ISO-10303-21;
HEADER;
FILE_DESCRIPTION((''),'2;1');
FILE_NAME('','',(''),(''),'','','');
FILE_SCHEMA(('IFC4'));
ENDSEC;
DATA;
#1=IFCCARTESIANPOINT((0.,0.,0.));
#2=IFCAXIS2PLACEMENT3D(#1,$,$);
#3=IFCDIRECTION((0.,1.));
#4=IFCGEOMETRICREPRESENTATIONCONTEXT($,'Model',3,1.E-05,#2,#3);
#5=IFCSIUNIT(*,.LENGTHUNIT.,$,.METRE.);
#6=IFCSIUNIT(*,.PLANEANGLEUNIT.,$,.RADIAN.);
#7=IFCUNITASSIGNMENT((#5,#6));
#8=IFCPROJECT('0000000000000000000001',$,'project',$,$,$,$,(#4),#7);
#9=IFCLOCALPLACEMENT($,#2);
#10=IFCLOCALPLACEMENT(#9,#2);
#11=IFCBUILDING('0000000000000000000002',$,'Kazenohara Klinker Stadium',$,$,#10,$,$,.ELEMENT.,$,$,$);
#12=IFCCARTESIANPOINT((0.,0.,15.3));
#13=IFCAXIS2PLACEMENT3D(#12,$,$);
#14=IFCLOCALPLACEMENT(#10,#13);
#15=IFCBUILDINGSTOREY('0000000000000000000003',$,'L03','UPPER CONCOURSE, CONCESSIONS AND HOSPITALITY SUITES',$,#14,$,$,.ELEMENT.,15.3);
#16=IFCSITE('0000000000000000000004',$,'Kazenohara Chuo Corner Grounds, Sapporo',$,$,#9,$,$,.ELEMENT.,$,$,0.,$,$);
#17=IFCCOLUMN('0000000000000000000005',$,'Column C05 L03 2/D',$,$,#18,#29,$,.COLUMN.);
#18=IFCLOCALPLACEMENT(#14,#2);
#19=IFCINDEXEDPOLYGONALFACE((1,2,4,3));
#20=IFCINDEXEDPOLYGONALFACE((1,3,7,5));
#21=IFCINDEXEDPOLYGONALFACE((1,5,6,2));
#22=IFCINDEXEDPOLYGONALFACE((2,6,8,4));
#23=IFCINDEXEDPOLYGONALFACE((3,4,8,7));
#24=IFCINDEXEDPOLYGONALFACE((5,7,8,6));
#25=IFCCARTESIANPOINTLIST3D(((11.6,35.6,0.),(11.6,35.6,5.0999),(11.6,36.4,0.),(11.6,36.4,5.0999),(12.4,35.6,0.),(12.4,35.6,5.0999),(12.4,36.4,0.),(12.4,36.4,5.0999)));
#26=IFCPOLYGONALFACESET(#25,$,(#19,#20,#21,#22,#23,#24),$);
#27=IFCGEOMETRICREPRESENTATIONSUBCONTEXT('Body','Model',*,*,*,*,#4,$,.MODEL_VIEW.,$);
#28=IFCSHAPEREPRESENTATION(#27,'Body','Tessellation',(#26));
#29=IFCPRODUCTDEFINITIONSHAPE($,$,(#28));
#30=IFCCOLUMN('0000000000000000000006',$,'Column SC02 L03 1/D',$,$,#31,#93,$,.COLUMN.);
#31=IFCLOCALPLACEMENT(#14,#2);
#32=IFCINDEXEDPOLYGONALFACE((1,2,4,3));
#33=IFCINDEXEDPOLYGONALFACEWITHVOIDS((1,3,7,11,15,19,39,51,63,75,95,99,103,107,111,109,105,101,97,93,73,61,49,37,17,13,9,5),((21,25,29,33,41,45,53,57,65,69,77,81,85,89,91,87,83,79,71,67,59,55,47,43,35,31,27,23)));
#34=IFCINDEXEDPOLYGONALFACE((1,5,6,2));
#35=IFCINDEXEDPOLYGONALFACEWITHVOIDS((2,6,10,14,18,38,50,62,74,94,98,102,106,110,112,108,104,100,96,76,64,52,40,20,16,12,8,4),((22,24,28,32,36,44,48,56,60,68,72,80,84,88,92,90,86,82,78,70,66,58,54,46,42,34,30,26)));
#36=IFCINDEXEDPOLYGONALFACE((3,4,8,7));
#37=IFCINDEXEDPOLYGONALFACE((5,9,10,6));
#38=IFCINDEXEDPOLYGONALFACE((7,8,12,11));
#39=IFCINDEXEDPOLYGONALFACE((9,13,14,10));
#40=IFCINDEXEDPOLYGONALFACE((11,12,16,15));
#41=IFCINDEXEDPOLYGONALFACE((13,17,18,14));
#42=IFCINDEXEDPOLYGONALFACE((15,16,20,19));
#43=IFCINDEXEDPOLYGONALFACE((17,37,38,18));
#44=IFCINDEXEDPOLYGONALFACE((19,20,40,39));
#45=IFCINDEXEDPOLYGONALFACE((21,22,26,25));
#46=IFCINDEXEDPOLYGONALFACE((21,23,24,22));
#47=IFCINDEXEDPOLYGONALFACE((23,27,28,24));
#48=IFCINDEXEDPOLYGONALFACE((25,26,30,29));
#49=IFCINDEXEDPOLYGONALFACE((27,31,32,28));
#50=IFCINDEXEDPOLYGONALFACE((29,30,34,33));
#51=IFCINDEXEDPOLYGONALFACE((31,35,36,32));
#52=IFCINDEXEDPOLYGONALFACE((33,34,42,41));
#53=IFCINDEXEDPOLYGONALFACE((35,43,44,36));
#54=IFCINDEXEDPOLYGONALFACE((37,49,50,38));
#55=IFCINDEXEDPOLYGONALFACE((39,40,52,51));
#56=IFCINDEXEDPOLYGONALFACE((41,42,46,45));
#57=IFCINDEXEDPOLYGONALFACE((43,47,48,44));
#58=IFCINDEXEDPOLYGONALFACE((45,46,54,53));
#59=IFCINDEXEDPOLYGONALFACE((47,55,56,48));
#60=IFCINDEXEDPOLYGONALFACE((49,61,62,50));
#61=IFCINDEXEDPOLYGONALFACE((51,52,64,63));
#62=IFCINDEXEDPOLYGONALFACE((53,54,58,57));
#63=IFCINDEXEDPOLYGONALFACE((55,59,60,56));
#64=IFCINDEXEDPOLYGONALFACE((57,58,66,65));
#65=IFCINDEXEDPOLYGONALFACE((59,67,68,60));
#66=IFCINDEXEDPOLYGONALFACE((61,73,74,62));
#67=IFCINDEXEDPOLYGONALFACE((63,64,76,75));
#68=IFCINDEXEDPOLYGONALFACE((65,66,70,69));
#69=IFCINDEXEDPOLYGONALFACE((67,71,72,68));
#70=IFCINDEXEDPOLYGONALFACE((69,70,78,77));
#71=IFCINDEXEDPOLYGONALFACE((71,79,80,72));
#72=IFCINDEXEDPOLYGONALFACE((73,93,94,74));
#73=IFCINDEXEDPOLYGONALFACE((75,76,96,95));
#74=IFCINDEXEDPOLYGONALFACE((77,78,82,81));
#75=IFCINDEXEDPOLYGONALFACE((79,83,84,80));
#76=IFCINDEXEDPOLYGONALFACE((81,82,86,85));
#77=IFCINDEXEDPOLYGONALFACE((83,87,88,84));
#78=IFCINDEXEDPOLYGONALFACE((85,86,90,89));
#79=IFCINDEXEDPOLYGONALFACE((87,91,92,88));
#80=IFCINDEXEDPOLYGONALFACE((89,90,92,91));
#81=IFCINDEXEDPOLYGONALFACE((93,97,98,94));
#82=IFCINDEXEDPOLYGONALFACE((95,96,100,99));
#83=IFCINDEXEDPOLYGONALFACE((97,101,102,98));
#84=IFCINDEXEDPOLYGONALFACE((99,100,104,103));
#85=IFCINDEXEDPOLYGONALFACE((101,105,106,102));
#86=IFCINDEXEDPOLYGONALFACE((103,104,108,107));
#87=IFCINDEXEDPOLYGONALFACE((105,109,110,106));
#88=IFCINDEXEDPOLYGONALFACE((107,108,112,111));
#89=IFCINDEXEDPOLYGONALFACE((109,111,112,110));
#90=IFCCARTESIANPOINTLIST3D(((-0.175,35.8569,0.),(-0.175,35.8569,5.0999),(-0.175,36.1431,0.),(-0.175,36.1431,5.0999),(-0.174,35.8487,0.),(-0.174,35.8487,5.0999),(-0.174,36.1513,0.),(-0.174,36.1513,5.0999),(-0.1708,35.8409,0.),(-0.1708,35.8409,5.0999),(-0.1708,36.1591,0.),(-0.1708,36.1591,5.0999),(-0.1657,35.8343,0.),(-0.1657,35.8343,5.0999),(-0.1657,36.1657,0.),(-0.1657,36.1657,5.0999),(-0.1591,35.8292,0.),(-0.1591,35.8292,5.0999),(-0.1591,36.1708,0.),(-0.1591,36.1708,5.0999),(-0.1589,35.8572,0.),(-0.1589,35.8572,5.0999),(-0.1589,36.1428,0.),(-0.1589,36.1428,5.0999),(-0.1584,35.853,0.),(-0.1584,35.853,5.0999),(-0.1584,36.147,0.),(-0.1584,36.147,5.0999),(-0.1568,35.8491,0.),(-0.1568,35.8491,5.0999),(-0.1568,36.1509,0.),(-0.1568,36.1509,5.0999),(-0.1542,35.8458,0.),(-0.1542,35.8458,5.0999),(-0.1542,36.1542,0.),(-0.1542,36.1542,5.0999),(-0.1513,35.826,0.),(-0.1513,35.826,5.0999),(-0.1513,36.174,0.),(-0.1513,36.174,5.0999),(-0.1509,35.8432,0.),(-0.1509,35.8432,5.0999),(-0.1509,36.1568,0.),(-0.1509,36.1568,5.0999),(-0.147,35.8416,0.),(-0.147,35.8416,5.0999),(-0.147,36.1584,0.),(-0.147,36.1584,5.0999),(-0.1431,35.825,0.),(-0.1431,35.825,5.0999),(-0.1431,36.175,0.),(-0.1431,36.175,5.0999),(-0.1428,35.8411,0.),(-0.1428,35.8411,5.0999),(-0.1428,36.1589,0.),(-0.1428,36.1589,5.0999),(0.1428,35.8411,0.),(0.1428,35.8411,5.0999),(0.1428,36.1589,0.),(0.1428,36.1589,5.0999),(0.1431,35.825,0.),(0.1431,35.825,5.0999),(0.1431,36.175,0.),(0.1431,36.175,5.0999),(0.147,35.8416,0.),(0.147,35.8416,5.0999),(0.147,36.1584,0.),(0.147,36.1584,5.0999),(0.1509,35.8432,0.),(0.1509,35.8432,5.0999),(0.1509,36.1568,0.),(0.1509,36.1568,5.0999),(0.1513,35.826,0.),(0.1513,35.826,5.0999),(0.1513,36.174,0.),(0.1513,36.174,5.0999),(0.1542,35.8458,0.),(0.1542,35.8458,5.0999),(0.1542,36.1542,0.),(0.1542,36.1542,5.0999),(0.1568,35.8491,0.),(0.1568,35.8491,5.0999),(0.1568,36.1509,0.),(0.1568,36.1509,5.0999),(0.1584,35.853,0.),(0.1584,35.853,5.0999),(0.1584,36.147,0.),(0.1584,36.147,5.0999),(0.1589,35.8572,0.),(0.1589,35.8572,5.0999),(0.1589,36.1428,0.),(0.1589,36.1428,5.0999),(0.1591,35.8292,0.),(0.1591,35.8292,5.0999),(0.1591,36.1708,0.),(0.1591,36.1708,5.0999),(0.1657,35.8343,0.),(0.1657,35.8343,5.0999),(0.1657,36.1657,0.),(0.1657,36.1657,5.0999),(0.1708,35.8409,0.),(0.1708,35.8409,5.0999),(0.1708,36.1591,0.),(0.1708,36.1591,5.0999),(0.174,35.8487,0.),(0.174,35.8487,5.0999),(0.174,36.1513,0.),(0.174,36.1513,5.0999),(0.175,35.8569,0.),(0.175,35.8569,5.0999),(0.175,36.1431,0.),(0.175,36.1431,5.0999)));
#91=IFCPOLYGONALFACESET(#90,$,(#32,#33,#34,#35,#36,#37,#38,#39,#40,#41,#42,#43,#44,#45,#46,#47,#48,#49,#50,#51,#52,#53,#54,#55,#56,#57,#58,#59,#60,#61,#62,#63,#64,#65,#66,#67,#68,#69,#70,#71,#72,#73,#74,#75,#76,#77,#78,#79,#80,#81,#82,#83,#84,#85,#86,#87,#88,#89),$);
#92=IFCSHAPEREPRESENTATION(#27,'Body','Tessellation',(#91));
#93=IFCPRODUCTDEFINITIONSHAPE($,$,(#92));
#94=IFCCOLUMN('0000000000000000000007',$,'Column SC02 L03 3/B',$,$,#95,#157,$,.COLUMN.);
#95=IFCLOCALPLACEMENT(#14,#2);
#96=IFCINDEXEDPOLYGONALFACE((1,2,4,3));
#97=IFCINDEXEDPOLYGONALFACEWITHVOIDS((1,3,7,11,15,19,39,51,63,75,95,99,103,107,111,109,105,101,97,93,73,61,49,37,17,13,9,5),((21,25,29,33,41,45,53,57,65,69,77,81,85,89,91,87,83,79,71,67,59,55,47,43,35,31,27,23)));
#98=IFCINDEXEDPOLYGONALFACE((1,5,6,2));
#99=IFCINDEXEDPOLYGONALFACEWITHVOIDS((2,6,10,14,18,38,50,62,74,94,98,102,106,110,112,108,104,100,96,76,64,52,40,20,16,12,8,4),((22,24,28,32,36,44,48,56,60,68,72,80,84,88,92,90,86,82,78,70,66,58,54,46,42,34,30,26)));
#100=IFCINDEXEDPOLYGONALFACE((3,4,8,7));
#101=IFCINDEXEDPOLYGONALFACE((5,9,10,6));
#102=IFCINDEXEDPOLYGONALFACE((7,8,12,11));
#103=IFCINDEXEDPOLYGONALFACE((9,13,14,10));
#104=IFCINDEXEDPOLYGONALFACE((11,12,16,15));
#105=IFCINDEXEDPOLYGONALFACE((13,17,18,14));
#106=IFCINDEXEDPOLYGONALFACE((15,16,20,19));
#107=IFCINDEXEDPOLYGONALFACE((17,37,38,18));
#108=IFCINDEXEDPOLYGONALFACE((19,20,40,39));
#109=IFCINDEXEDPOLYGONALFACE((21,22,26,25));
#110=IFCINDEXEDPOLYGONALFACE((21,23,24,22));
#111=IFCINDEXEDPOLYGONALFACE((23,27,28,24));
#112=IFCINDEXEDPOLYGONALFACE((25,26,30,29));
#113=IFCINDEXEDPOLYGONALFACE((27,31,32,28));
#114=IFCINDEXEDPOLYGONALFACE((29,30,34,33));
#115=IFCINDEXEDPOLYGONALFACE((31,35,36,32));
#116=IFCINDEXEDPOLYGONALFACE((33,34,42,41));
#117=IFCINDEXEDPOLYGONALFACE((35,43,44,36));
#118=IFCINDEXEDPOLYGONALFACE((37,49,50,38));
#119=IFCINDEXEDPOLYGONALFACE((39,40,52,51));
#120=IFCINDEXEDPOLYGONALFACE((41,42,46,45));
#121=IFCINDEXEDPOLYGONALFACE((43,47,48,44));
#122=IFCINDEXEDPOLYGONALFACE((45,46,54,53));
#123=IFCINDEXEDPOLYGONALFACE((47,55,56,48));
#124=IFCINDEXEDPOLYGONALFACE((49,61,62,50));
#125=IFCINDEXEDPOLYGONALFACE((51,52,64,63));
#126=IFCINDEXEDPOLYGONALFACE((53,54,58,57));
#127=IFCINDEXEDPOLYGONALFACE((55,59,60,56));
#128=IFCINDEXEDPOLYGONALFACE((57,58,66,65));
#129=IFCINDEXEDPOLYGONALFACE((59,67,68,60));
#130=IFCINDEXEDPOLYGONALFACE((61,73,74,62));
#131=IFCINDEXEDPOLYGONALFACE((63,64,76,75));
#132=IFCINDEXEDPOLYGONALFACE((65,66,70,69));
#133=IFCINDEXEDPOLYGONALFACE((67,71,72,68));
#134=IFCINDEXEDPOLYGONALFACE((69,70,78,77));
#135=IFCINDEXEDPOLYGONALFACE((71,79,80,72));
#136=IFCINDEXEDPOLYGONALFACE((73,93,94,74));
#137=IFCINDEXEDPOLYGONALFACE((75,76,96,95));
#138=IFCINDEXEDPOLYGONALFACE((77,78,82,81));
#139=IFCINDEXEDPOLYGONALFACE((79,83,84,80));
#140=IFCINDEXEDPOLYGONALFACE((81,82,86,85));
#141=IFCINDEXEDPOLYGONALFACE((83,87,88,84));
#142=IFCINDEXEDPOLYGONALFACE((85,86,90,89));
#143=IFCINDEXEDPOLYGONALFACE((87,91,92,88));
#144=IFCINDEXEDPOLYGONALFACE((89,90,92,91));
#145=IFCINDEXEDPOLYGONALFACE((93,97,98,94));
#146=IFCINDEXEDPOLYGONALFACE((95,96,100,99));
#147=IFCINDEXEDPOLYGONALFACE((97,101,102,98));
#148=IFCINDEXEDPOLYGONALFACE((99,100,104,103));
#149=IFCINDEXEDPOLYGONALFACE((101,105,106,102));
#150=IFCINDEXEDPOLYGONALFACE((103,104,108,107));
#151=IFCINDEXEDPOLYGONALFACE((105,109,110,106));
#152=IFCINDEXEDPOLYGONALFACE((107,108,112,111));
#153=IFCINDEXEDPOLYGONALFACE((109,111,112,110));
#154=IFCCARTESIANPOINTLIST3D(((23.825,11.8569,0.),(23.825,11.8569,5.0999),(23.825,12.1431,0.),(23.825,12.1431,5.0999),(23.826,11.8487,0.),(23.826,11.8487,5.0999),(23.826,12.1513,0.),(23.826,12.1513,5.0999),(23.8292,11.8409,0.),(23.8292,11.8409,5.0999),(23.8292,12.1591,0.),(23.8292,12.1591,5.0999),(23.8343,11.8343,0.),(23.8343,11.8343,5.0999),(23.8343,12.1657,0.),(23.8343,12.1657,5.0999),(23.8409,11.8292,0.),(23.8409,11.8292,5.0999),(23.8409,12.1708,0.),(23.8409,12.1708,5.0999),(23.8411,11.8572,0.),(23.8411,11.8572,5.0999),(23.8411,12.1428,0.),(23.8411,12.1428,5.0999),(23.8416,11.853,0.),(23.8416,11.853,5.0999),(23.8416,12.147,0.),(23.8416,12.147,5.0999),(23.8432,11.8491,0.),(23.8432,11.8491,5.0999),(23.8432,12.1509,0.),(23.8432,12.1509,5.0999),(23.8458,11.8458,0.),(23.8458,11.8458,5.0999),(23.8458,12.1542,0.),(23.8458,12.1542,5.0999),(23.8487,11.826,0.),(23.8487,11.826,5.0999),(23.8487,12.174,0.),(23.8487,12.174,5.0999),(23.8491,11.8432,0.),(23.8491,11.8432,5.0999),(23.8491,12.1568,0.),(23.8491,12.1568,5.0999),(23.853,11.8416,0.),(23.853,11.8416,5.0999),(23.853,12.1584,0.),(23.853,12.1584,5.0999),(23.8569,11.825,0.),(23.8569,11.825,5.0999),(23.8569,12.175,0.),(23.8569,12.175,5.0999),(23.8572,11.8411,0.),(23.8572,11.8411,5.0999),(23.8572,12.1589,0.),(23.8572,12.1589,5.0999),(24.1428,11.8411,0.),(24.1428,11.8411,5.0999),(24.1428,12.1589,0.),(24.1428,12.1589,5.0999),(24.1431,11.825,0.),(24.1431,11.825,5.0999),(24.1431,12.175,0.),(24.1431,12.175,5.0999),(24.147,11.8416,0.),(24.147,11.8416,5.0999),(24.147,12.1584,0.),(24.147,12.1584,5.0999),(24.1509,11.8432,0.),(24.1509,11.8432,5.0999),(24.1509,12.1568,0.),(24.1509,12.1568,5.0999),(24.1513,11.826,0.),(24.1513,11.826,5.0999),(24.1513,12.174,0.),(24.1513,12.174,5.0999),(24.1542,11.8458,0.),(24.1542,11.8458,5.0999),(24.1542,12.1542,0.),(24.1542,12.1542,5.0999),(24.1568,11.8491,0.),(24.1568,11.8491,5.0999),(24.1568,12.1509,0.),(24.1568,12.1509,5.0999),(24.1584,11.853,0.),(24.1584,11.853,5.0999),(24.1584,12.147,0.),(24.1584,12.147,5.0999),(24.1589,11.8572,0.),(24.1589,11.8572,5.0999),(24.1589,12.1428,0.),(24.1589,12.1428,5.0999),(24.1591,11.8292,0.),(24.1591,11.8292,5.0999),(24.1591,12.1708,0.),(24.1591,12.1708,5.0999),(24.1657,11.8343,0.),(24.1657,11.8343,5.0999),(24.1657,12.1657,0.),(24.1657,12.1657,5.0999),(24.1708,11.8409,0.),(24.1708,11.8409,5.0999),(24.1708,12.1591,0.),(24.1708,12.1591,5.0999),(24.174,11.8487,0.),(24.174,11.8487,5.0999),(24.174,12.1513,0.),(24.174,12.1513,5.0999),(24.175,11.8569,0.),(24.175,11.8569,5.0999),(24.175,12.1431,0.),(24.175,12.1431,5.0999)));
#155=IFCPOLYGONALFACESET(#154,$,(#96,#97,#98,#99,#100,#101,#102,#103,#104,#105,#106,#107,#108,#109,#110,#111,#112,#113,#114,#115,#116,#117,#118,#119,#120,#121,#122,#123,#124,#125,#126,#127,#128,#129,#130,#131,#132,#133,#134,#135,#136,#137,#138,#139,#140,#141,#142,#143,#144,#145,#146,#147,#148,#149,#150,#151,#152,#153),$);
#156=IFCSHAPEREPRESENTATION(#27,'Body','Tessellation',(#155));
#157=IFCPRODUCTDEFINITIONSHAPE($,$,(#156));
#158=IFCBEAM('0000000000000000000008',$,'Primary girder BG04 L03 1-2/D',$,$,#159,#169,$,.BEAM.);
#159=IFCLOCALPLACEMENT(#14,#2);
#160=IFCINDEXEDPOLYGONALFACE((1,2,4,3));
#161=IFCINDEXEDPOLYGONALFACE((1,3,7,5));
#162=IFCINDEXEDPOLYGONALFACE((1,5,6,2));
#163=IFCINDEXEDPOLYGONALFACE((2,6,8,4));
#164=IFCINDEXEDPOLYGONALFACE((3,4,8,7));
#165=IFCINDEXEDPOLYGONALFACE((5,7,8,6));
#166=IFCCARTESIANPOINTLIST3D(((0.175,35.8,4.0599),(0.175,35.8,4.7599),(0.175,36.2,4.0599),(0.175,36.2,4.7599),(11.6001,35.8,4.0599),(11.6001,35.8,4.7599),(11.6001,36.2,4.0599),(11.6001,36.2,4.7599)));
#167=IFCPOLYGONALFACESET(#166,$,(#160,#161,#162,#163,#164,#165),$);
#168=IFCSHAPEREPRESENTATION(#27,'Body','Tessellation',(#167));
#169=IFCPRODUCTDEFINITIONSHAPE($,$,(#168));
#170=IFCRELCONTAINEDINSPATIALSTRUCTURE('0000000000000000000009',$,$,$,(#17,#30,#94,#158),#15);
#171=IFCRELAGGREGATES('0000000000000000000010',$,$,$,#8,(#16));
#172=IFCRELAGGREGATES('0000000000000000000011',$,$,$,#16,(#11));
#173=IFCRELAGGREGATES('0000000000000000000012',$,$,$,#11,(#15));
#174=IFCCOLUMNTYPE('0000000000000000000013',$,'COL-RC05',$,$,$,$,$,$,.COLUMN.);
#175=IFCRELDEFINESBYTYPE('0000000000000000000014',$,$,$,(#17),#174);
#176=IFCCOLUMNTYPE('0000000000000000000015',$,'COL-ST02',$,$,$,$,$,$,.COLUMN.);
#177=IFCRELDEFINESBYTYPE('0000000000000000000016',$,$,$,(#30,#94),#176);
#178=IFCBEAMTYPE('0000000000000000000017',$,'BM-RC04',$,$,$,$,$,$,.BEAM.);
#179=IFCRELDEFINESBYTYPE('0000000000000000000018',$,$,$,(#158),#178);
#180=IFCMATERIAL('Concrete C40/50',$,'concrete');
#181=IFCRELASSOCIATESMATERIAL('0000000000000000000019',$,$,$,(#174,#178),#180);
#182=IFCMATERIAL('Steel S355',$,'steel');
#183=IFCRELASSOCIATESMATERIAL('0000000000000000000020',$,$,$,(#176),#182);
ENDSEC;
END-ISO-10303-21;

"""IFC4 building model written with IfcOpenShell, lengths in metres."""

from ifc_helpers import new_model, si_unit, direction, frame, origin, origin_2d, place, context, subcontext, project, spatial, rectangle, hollow_rectangle, extrude, material, material_profile, profile_set, type_object, element, save


model = new_model("IFC4")

# Units and contexts
model_context = context("Model", 3, precision=1e-05, world=origin(), true_north=direction((0.0, 1.0)))
body_context = subcontext(model_context, "Body", "Model", "MODEL_VIEW")
ifc_project = project(units=[si_unit("LENGTHUNIT", "METRE"), si_unit("PLANEANGLEUNIT", "RADIAN")], contexts=[model_context])

# Site, building, storey
site_placement = place(None, origin())
site = spatial("IfcSite", under=ifc_project, at=site_placement, Name="Kazenohara Chuo Corner Grounds, Sapporo", CompositionType="ELEMENT", RefElevation=0.0)
building_placement = place(site_placement, origin())
building = spatial("IfcBuilding", under=site, at=building_placement, Name="Kazenohara Klinker Stadium", CompositionType="ELEMENT")
storey_placement = place(building_placement, frame((0.0, 0.0, 15.3)))
storey = spatial("IfcBuildingStorey", under=building, at=storey_placement, Name="L03", Description="UPPER CONCOURSE, CONCESSIONS AND HOSPITALITY SUITES", CompositionType="ELEMENT", Elevation=15.3)

# Columns
ifc_material_1 = material(Name="Concrete C40/50", Category="concrete")
ifc_material_profile_1 = material_profile(ifc_material_1, rectangle(XDim=0.8, YDim=0.8, at=origin_2d()), Name="RC-COL-800x800")
ifc_profile_set_1 = profile_set([ifc_material_profile_1], Name="Concrete C40/50")
column_type_1 = type_object("IfcColumnType", Name="COL-RC05", PredefinedType="COLUMN", material=ifc_profile_set_1)
column_placement = place(storey_placement, frame((12.0, 36.0, 0.0), z_axis=(0.0, 0.0, 1.0), x_axis=(1.0, 0.0, 0.0)))
element("IfcColumn", 1, at=column_placement, inside=storey, type_object=column_type_1, Name="Column C05 L03 2/D", PredefinedType="COLUMN", context=body_context, shape_type="SweptSolid", body=[
    extrude(rectangle(XDim=0.8, YDim=0.8, at=origin_2d()), origin(), (0.0, 0.0, 1.0), 5.0999),
])
ifc_material_2 = material(Name="Steel S355", Category="steel")
ifc_material_profile_2 = material_profile(ifc_material_2, hollow_rectangle(XDim=0.3501, YDim=0.3501, WallThickness=0.0161, InnerFilletRadius=0.0161, OuterFilletRadius=0.032, at=origin_2d()), Name="SHS-350x350x16")
ifc_profile_set_2 = profile_set([ifc_material_profile_2], Name="Steel S355")
column_type_2 = type_object("IfcColumnType", Name="COL-ST02", PredefinedType="COLUMN", material=ifc_profile_set_2)
for number, where, z_axis, x_axis, name in (
    (2, (0.0, 36.0, 0.0), (0.0, 0.0, 1.0), (1.0, 0.0, 0.0), "Column SC02 L03 1/D"),
    (3, (24.0, 12.0, 0.0), (0.0, 0.0, 1.0), (1.0, 0.0, 0.0), "Column SC02 L03 3/B"),
):
    element("IfcColumn", number, at=place(storey_placement, frame(where, z_axis=z_axis, x_axis=x_axis)), inside=storey, type_object=column_type_2, Name=name, PredefinedType="COLUMN", context=body_context, shape_type="SweptSolid", body=[
        extrude(hollow_rectangle(XDim=0.3501, YDim=0.3501, WallThickness=0.0161, InnerFilletRadius=0.0161, OuterFilletRadius=0.032, at=origin_2d()), origin(), (0.0, 0.0, 1.0), 5.0999),
    ])

# Beam
ifc_material_profile_3 = material_profile(ifc_material_1, rectangle(XDim=0.3999, YDim=0.7, at=origin_2d()), Name="RC-BM-400x700")
ifc_profile_set_3 = profile_set([ifc_material_profile_3], Name="Concrete C40/50")
beam_type_1 = type_object("IfcBeamType", Name="BM-RC04", PredefinedType="BEAM", material=ifc_profile_set_3)
beam_1_placement = place(storey_placement, frame((0.175, 36.0, 4.4099), z_axis=(1.0, 0.0, 0.0), x_axis=(0.0, 1.0, 0.0)))
element("IfcBeam", 4, at=beam_1_placement, inside=storey, type_object=beam_type_1, Name="Primary girder BG04 L03 1-2/D", PredefinedType="BEAM", context=body_context, shape_type="SweptSolid", body=[
    extrude(rectangle(XDim=0.3999, YDim=0.7, at=origin_2d()), origin(), (0.0, 0.0, 1.0), 11.425),
])

save(model, "model.ifc")
